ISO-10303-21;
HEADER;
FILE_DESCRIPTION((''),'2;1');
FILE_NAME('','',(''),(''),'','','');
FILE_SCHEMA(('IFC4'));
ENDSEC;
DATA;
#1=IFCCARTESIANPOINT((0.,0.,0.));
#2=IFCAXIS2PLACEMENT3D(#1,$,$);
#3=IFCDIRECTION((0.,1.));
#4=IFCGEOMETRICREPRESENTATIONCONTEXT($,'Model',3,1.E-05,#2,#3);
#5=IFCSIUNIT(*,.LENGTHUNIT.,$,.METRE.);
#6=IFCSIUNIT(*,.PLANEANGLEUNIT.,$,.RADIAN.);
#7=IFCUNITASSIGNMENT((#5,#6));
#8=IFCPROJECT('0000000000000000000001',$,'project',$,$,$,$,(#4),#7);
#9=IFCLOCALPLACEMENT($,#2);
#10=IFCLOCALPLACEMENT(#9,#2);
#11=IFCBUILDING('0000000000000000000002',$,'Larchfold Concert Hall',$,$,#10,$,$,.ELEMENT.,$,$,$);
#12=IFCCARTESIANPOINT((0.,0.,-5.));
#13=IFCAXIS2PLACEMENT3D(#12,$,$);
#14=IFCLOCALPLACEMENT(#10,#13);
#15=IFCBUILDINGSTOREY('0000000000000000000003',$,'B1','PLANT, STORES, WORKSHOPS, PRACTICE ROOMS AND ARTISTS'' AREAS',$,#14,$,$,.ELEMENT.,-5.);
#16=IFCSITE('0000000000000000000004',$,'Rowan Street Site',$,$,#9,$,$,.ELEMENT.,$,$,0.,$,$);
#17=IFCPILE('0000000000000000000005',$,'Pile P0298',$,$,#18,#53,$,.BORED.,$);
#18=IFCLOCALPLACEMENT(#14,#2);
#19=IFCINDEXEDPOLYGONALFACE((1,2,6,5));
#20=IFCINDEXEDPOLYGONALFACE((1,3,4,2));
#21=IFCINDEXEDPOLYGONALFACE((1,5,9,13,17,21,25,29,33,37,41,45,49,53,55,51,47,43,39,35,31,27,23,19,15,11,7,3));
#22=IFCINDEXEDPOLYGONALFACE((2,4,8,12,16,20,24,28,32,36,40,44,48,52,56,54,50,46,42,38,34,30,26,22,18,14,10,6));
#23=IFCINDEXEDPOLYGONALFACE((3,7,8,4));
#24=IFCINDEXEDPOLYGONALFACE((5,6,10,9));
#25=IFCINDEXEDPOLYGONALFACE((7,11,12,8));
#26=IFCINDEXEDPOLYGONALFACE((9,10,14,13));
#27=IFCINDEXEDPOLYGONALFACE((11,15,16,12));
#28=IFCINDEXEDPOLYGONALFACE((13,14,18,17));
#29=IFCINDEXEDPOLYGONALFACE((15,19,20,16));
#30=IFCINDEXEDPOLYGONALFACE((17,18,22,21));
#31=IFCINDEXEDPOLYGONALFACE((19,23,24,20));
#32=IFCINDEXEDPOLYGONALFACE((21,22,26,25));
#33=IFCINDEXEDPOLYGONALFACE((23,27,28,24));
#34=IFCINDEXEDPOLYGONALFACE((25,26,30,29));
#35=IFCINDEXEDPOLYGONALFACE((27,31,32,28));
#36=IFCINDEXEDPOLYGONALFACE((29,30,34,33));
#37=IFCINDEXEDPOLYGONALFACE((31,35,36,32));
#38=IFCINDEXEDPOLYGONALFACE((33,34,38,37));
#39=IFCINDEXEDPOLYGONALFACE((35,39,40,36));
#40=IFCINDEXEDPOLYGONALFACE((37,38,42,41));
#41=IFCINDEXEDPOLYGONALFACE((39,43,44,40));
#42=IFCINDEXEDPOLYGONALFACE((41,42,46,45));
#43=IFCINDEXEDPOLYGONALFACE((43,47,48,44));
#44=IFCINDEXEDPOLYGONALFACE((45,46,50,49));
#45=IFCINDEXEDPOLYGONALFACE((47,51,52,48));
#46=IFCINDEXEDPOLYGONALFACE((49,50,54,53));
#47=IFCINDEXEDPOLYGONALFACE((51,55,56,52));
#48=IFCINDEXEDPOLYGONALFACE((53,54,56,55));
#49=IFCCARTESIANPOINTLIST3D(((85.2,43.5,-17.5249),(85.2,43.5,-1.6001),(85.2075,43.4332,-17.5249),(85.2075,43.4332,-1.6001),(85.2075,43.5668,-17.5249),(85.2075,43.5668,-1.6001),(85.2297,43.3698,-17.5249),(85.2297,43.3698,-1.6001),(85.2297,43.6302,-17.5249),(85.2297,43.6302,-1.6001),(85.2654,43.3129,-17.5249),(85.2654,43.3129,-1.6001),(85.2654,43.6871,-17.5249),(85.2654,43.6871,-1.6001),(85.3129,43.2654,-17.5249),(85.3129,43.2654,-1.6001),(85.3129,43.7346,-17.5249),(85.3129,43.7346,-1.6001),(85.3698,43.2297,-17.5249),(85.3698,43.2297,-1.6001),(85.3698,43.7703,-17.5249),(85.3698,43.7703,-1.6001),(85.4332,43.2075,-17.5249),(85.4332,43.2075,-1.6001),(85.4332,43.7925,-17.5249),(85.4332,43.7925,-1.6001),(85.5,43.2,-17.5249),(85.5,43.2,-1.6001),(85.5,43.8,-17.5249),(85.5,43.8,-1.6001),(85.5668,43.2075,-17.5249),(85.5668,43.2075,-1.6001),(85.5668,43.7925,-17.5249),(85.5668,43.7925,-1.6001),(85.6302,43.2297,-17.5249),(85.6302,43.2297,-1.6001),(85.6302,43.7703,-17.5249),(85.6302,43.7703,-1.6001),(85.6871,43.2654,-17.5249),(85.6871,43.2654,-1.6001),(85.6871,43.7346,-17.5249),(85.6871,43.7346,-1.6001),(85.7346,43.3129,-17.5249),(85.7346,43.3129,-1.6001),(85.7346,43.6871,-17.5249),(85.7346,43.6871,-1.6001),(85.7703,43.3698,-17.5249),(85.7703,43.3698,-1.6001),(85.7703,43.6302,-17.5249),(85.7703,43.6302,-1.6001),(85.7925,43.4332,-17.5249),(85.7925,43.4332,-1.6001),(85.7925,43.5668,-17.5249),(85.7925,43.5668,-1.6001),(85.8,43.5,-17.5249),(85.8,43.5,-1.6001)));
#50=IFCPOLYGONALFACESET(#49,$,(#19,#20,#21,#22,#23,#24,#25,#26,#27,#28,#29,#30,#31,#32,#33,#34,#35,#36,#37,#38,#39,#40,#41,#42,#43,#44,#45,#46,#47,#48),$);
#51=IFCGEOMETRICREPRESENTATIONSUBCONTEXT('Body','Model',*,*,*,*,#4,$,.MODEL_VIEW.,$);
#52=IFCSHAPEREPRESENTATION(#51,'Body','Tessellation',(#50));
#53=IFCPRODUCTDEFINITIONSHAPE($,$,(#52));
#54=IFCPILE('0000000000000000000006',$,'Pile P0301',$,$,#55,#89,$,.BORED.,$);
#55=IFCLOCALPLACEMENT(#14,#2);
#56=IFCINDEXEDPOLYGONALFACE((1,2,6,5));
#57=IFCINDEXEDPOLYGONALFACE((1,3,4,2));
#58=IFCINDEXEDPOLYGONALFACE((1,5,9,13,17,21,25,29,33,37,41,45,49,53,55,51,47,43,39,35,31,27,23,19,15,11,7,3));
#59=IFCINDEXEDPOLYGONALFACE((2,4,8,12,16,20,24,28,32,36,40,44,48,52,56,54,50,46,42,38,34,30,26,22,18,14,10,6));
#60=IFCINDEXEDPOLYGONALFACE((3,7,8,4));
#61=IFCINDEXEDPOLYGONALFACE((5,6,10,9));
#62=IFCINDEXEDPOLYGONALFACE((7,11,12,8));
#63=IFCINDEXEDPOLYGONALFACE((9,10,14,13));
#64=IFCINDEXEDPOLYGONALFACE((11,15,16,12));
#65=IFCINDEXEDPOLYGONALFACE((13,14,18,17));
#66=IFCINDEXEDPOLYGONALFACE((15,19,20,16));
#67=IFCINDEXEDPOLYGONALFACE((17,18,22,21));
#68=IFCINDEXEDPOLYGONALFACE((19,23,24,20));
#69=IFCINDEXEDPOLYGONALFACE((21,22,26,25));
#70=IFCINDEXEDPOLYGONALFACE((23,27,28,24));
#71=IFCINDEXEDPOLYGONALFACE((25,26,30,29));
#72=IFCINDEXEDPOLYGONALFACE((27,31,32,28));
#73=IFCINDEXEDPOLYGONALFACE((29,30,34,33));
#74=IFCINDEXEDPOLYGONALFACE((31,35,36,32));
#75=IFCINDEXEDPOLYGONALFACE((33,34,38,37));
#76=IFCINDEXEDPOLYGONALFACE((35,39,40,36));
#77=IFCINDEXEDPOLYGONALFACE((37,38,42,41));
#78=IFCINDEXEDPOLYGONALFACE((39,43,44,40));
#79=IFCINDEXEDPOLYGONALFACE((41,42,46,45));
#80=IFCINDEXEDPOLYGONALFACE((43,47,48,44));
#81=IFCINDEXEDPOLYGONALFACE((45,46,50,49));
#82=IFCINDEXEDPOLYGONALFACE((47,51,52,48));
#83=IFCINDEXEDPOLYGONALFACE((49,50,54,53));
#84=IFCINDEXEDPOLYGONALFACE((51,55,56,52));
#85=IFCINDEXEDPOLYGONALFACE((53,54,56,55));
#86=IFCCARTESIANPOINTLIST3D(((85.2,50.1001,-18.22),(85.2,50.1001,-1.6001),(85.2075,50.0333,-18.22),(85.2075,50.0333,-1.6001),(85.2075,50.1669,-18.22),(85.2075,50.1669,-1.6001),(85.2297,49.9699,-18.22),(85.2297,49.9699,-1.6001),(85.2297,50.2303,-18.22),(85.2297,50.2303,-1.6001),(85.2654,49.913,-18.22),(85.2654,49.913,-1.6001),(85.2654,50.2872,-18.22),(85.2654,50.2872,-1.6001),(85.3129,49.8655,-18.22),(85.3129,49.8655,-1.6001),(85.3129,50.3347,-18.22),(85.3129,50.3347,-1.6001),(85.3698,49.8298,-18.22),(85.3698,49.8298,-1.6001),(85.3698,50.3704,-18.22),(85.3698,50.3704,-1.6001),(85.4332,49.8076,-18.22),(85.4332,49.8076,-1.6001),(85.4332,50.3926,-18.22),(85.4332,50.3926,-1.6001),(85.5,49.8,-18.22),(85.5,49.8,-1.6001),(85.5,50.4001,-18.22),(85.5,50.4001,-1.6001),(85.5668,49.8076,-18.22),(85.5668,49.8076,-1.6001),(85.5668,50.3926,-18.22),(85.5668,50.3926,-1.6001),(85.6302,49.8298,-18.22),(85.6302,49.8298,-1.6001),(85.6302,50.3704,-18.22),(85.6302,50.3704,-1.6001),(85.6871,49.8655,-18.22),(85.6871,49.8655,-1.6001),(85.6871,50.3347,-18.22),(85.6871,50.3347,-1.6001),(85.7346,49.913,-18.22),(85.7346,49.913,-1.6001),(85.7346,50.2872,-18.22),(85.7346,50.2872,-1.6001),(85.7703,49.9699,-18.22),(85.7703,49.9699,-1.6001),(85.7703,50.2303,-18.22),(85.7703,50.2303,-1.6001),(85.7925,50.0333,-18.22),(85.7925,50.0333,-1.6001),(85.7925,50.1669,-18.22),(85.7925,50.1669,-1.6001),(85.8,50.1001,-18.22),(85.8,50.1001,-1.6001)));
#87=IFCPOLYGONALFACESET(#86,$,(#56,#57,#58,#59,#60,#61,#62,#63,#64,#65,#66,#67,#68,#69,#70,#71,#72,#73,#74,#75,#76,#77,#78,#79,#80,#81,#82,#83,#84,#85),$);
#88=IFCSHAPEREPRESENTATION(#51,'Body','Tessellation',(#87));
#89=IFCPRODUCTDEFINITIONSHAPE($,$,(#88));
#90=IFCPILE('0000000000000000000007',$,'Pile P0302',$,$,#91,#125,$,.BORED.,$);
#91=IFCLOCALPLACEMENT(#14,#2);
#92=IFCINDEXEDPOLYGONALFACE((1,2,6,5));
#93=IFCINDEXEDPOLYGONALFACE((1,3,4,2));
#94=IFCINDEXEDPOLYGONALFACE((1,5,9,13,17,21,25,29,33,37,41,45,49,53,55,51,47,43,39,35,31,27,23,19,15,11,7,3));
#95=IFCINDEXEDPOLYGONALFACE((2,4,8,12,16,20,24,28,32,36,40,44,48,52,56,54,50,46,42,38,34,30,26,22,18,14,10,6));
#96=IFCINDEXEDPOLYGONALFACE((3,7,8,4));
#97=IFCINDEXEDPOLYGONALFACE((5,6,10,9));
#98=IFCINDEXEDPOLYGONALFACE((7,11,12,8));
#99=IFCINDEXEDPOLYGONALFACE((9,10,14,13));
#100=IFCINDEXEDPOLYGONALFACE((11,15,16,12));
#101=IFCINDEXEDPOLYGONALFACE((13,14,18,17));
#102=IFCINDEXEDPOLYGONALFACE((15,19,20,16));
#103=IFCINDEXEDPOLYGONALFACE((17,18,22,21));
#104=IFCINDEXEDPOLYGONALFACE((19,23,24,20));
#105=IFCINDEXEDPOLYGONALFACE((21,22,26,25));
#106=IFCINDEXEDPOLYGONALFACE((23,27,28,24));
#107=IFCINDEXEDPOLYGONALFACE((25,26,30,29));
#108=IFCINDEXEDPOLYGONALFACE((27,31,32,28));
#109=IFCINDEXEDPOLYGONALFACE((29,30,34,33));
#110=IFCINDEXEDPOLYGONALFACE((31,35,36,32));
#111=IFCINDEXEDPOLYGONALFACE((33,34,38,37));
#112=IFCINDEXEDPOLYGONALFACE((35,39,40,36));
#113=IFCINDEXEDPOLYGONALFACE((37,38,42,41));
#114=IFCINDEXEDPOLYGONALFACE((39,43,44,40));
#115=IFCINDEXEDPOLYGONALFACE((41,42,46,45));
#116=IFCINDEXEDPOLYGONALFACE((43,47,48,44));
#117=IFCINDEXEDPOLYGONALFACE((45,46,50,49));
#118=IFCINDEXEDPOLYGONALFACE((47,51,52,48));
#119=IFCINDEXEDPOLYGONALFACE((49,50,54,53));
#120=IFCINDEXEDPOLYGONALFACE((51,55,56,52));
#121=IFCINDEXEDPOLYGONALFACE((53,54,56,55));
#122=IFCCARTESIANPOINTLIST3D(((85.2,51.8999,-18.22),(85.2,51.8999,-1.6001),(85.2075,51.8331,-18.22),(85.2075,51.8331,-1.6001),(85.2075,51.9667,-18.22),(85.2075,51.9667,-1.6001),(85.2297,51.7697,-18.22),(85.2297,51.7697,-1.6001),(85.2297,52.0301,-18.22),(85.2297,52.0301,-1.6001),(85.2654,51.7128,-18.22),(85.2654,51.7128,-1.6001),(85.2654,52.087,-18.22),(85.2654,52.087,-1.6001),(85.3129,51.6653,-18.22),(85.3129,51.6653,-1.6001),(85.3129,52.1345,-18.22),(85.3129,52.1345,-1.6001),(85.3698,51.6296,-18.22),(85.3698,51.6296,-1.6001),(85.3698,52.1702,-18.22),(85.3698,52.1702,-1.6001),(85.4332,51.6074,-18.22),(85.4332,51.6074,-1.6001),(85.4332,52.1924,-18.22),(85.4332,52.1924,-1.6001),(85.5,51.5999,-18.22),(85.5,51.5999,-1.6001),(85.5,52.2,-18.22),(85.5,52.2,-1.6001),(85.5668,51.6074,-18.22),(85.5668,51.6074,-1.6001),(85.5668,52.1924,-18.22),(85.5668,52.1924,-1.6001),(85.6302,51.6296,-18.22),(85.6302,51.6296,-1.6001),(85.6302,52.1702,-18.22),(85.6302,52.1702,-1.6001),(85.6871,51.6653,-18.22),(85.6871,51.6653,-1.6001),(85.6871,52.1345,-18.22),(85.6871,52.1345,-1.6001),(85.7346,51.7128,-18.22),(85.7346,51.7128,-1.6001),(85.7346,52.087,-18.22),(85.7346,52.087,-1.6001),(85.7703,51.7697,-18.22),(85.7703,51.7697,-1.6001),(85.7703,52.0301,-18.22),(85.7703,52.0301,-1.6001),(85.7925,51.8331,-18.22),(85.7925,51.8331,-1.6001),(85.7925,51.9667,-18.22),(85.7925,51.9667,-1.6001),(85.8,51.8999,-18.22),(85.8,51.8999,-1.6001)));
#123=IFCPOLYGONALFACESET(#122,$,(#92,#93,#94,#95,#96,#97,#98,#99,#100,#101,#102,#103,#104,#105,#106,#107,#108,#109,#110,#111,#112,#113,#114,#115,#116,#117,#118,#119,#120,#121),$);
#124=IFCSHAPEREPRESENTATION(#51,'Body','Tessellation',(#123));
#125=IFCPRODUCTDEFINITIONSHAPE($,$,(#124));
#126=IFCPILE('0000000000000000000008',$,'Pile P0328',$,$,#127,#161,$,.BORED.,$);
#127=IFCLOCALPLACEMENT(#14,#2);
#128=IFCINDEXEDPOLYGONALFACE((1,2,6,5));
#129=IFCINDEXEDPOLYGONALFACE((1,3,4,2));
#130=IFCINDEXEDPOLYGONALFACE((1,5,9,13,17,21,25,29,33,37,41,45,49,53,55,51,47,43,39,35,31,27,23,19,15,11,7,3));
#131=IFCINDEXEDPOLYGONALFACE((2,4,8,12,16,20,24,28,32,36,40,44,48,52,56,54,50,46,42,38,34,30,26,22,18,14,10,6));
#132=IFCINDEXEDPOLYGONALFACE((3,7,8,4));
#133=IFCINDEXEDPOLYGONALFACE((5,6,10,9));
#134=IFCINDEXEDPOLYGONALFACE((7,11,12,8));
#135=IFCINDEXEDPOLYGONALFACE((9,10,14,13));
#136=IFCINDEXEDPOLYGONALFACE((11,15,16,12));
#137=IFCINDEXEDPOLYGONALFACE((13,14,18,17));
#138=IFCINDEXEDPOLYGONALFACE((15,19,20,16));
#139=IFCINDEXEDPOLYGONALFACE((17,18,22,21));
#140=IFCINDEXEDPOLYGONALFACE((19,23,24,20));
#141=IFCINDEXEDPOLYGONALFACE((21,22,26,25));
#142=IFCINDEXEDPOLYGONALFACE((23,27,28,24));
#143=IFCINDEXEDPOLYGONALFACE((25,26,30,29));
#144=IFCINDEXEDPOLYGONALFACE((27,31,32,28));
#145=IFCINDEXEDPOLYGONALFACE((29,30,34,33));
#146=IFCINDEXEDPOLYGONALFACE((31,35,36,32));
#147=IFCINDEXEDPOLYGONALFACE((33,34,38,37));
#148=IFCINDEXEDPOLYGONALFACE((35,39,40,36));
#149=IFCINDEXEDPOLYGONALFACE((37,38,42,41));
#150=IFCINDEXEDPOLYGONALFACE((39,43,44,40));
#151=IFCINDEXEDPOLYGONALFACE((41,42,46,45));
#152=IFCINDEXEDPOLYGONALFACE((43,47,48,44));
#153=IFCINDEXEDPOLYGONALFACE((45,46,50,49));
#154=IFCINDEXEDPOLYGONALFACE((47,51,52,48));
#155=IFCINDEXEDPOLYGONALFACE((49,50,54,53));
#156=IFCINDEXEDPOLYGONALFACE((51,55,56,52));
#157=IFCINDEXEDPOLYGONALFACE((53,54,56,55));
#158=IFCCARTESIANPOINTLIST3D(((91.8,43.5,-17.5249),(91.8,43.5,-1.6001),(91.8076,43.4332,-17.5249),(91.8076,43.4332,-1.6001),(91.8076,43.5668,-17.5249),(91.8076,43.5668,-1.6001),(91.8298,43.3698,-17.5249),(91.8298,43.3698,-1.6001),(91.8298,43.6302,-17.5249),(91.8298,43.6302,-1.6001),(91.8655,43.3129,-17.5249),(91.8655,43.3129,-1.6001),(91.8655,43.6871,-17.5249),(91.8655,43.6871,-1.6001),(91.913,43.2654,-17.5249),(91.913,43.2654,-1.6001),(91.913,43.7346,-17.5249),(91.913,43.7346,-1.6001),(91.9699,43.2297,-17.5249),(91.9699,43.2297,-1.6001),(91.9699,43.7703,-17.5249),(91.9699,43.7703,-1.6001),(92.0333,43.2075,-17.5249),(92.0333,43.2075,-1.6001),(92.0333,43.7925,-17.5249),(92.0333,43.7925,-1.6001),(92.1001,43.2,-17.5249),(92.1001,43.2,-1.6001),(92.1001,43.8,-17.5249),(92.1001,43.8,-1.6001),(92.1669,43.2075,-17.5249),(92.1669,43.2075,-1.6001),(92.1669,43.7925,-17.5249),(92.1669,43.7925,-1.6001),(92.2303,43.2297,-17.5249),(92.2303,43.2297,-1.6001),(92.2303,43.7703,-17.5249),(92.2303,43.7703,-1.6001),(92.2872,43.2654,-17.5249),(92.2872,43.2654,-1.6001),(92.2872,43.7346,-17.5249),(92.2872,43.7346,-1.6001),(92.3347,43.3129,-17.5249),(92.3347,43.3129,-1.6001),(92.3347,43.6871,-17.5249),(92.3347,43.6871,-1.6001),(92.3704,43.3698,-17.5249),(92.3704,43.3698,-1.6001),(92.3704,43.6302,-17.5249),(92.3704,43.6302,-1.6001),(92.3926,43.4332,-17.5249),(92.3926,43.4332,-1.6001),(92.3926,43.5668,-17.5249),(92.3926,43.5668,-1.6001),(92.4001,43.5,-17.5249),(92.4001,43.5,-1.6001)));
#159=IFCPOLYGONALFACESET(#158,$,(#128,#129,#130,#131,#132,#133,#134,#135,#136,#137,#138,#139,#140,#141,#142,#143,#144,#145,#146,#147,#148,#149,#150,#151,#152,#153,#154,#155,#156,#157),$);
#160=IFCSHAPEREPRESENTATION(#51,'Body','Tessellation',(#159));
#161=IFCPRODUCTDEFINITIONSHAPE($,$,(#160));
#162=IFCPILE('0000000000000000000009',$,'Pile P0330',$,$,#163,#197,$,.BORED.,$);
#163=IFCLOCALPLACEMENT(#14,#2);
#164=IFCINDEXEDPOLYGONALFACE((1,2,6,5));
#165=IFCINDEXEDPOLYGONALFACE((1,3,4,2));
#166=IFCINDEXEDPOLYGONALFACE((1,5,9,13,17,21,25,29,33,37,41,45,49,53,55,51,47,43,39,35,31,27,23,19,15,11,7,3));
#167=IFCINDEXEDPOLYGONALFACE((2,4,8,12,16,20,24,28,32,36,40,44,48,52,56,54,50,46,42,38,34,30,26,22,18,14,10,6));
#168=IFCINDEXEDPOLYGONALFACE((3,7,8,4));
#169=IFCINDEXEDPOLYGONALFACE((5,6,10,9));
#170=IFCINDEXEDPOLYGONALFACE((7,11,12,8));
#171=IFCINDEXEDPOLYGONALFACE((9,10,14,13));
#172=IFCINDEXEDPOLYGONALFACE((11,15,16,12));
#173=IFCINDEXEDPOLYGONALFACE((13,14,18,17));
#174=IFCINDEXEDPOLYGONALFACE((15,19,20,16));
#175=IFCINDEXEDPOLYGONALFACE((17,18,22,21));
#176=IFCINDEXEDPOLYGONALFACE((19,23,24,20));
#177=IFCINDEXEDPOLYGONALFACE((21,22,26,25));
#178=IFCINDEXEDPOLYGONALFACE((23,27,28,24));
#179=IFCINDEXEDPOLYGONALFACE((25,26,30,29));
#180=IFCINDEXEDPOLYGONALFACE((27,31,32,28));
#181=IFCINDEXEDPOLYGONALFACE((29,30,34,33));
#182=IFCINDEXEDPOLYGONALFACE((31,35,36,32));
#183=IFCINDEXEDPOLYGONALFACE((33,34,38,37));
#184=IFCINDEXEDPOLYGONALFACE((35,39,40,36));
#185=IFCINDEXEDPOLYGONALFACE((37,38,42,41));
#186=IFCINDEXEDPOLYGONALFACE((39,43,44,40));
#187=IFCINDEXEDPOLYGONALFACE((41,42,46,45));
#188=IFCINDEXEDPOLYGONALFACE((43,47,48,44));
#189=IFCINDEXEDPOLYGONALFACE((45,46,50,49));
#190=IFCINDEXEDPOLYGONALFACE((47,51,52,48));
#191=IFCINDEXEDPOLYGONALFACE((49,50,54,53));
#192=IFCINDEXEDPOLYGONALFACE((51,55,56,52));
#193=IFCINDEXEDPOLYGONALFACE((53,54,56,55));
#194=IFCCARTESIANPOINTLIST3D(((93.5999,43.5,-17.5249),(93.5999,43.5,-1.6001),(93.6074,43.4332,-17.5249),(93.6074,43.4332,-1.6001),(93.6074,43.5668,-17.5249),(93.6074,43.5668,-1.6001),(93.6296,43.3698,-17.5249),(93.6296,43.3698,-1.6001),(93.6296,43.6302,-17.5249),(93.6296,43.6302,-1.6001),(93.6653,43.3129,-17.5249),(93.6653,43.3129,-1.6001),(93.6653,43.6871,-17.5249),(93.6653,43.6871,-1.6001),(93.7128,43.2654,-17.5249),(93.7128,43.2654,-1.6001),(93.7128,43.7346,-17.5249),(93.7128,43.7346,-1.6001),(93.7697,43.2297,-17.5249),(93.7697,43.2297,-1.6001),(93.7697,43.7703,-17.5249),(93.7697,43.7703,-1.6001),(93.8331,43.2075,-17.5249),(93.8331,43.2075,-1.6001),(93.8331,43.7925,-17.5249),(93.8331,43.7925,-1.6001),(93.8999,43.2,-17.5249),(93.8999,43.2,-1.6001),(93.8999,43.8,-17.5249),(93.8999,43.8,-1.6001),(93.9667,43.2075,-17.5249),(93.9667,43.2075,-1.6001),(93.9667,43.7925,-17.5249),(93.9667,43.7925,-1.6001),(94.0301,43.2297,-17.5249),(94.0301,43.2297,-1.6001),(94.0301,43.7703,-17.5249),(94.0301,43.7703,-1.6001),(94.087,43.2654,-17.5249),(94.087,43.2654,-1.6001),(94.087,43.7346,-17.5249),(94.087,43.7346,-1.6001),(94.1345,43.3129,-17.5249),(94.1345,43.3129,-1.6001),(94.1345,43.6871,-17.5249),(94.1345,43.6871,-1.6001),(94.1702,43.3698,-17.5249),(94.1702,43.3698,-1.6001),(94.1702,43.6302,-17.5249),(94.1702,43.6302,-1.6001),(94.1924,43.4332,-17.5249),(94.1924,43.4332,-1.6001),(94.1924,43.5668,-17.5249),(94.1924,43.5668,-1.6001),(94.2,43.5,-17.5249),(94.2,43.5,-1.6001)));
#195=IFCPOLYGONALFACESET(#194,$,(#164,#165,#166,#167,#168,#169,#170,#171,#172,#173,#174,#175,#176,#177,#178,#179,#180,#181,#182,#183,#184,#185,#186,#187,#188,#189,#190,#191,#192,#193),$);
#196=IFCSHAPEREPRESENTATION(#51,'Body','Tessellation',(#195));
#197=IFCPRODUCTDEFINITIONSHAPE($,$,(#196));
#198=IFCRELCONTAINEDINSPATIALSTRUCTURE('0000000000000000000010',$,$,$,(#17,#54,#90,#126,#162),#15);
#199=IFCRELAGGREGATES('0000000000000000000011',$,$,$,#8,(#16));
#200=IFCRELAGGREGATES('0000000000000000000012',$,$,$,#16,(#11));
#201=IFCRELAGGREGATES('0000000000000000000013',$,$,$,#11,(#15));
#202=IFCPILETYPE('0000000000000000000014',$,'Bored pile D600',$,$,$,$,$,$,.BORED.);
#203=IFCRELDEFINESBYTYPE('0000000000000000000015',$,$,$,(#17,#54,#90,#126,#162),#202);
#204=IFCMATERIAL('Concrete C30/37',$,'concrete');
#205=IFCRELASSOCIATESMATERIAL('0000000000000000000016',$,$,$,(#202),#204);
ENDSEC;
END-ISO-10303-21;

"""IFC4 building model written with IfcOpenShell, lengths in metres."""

from ifc_helpers import new_model, si_unit, direction, frame, origin, origin_2d, place, context, subcontext, project, spatial, circle, extrude, material, material_profile, profile_set, type_object, element, save


model = new_model("IFC4")

# Units and contexts
model_context = context("Model", 3, precision=1e-05, world=origin(), true_north=direction((0.0, 1.0)))
body_context = subcontext(model_context, "Body", "Model", "MODEL_VIEW")
ifc_project = project(units=[si_unit("LENGTHUNIT", "METRE"), si_unit("PLANEANGLEUNIT", "RADIAN")], contexts=[model_context])

# Site, building, storey
site_placement = place(None, origin())
site = spatial("IfcSite", under=ifc_project, at=site_placement, Name="Rowan Street Site", CompositionType="ELEMENT", RefElevation=0.0)
building_placement = place(site_placement, origin())
building = spatial("IfcBuilding", under=site, at=building_placement, Name="Larchfold Concert Hall", CompositionType="ELEMENT")
storey_placement = place(building_placement, frame((0.0, 0.0, -5.0)))
storey = spatial("IfcBuildingStorey", under=building, at=storey_placement, Name="B1", Description="PLANT, STORES, WORKSHOPS, PRACTICE ROOMS AND ARTISTS' AREAS", CompositionType="ELEMENT", Elevation=-5.0)

# Piles
ifc_material_1 = material(Name="Concrete C30/37", Category="concrete")
ifc_material_profile_1 = material_profile(ifc_material_1, circle(Radius=0.3, at=origin_2d()))
ifc_profile_set_1 = profile_set([ifc_material_profile_1], Name="Concrete C30/37")
pile_type = type_object("IfcPileType", Name="Bored pile D600", PredefinedType="BORED", material=ifc_profile_set_1)
pile_placement = place(storey_placement, frame((85.5, 43.5, -1.6001), z_axis=(0.0, 0.0, -1.0), x_axis=(1.0, 0.0, 0.0)))
element("IfcPile", 1, at=pile_placement, inside=storey, type_object=pile_type, Name="Pile P0298", PredefinedType="BORED", context=body_context, shape_type="SweptSolid", body=[
    extrude(circle(Radius=0.3, at=origin_2d()), origin(), (0.0, 0.0, 1.0), 15.9248),
])
for number, where, z_axis, x_axis, name in (
    (2, (85.5, 50.1001, -1.6001), (0.0, 0.0, -1.0), (1.0, 0.0, 0.0), "Pile P0301"),
    (3, (85.5, 51.8999, -1.6001), (0.0, 0.0, -1.0), (1.0, 0.0, 0.0), "Pile P0302"),
):
    element("IfcPile", number, at=place(storey_placement, frame(where, z_axis=z_axis, x_axis=x_axis)), inside=storey, type_object=pile_type, Name=name, PredefinedType="BORED", context=body_context, shape_type="SweptSolid", body=[
        extrude(circle(Radius=0.3, at=origin_2d()), origin(), (0.0, 0.0, 1.0), 16.6199),
    ])
for number, where, z_axis, x_axis, name in (
    (4, (92.1001, 43.5, -1.6001), (0.0, 0.0, -1.0), (1.0, 0.0, 0.0), "Pile P0328"),
    (5, (93.8999, 43.5, -1.6001), (0.0, 0.0, -1.0), (1.0, 0.0, 0.0), "Pile P0330"),
):
    element("IfcPile", number, at=place(storey_placement, frame(where, z_axis=z_axis, x_axis=x_axis)), inside=storey, type_object=pile_type, Name=name, PredefinedType="BORED", context=body_context, shape_type="SweptSolid", body=[
        extrude(circle(Radius=0.3, at=origin_2d()), origin(), (0.0, 0.0, 1.0), 15.9248),
    ])

save(model, "model.ifc")
